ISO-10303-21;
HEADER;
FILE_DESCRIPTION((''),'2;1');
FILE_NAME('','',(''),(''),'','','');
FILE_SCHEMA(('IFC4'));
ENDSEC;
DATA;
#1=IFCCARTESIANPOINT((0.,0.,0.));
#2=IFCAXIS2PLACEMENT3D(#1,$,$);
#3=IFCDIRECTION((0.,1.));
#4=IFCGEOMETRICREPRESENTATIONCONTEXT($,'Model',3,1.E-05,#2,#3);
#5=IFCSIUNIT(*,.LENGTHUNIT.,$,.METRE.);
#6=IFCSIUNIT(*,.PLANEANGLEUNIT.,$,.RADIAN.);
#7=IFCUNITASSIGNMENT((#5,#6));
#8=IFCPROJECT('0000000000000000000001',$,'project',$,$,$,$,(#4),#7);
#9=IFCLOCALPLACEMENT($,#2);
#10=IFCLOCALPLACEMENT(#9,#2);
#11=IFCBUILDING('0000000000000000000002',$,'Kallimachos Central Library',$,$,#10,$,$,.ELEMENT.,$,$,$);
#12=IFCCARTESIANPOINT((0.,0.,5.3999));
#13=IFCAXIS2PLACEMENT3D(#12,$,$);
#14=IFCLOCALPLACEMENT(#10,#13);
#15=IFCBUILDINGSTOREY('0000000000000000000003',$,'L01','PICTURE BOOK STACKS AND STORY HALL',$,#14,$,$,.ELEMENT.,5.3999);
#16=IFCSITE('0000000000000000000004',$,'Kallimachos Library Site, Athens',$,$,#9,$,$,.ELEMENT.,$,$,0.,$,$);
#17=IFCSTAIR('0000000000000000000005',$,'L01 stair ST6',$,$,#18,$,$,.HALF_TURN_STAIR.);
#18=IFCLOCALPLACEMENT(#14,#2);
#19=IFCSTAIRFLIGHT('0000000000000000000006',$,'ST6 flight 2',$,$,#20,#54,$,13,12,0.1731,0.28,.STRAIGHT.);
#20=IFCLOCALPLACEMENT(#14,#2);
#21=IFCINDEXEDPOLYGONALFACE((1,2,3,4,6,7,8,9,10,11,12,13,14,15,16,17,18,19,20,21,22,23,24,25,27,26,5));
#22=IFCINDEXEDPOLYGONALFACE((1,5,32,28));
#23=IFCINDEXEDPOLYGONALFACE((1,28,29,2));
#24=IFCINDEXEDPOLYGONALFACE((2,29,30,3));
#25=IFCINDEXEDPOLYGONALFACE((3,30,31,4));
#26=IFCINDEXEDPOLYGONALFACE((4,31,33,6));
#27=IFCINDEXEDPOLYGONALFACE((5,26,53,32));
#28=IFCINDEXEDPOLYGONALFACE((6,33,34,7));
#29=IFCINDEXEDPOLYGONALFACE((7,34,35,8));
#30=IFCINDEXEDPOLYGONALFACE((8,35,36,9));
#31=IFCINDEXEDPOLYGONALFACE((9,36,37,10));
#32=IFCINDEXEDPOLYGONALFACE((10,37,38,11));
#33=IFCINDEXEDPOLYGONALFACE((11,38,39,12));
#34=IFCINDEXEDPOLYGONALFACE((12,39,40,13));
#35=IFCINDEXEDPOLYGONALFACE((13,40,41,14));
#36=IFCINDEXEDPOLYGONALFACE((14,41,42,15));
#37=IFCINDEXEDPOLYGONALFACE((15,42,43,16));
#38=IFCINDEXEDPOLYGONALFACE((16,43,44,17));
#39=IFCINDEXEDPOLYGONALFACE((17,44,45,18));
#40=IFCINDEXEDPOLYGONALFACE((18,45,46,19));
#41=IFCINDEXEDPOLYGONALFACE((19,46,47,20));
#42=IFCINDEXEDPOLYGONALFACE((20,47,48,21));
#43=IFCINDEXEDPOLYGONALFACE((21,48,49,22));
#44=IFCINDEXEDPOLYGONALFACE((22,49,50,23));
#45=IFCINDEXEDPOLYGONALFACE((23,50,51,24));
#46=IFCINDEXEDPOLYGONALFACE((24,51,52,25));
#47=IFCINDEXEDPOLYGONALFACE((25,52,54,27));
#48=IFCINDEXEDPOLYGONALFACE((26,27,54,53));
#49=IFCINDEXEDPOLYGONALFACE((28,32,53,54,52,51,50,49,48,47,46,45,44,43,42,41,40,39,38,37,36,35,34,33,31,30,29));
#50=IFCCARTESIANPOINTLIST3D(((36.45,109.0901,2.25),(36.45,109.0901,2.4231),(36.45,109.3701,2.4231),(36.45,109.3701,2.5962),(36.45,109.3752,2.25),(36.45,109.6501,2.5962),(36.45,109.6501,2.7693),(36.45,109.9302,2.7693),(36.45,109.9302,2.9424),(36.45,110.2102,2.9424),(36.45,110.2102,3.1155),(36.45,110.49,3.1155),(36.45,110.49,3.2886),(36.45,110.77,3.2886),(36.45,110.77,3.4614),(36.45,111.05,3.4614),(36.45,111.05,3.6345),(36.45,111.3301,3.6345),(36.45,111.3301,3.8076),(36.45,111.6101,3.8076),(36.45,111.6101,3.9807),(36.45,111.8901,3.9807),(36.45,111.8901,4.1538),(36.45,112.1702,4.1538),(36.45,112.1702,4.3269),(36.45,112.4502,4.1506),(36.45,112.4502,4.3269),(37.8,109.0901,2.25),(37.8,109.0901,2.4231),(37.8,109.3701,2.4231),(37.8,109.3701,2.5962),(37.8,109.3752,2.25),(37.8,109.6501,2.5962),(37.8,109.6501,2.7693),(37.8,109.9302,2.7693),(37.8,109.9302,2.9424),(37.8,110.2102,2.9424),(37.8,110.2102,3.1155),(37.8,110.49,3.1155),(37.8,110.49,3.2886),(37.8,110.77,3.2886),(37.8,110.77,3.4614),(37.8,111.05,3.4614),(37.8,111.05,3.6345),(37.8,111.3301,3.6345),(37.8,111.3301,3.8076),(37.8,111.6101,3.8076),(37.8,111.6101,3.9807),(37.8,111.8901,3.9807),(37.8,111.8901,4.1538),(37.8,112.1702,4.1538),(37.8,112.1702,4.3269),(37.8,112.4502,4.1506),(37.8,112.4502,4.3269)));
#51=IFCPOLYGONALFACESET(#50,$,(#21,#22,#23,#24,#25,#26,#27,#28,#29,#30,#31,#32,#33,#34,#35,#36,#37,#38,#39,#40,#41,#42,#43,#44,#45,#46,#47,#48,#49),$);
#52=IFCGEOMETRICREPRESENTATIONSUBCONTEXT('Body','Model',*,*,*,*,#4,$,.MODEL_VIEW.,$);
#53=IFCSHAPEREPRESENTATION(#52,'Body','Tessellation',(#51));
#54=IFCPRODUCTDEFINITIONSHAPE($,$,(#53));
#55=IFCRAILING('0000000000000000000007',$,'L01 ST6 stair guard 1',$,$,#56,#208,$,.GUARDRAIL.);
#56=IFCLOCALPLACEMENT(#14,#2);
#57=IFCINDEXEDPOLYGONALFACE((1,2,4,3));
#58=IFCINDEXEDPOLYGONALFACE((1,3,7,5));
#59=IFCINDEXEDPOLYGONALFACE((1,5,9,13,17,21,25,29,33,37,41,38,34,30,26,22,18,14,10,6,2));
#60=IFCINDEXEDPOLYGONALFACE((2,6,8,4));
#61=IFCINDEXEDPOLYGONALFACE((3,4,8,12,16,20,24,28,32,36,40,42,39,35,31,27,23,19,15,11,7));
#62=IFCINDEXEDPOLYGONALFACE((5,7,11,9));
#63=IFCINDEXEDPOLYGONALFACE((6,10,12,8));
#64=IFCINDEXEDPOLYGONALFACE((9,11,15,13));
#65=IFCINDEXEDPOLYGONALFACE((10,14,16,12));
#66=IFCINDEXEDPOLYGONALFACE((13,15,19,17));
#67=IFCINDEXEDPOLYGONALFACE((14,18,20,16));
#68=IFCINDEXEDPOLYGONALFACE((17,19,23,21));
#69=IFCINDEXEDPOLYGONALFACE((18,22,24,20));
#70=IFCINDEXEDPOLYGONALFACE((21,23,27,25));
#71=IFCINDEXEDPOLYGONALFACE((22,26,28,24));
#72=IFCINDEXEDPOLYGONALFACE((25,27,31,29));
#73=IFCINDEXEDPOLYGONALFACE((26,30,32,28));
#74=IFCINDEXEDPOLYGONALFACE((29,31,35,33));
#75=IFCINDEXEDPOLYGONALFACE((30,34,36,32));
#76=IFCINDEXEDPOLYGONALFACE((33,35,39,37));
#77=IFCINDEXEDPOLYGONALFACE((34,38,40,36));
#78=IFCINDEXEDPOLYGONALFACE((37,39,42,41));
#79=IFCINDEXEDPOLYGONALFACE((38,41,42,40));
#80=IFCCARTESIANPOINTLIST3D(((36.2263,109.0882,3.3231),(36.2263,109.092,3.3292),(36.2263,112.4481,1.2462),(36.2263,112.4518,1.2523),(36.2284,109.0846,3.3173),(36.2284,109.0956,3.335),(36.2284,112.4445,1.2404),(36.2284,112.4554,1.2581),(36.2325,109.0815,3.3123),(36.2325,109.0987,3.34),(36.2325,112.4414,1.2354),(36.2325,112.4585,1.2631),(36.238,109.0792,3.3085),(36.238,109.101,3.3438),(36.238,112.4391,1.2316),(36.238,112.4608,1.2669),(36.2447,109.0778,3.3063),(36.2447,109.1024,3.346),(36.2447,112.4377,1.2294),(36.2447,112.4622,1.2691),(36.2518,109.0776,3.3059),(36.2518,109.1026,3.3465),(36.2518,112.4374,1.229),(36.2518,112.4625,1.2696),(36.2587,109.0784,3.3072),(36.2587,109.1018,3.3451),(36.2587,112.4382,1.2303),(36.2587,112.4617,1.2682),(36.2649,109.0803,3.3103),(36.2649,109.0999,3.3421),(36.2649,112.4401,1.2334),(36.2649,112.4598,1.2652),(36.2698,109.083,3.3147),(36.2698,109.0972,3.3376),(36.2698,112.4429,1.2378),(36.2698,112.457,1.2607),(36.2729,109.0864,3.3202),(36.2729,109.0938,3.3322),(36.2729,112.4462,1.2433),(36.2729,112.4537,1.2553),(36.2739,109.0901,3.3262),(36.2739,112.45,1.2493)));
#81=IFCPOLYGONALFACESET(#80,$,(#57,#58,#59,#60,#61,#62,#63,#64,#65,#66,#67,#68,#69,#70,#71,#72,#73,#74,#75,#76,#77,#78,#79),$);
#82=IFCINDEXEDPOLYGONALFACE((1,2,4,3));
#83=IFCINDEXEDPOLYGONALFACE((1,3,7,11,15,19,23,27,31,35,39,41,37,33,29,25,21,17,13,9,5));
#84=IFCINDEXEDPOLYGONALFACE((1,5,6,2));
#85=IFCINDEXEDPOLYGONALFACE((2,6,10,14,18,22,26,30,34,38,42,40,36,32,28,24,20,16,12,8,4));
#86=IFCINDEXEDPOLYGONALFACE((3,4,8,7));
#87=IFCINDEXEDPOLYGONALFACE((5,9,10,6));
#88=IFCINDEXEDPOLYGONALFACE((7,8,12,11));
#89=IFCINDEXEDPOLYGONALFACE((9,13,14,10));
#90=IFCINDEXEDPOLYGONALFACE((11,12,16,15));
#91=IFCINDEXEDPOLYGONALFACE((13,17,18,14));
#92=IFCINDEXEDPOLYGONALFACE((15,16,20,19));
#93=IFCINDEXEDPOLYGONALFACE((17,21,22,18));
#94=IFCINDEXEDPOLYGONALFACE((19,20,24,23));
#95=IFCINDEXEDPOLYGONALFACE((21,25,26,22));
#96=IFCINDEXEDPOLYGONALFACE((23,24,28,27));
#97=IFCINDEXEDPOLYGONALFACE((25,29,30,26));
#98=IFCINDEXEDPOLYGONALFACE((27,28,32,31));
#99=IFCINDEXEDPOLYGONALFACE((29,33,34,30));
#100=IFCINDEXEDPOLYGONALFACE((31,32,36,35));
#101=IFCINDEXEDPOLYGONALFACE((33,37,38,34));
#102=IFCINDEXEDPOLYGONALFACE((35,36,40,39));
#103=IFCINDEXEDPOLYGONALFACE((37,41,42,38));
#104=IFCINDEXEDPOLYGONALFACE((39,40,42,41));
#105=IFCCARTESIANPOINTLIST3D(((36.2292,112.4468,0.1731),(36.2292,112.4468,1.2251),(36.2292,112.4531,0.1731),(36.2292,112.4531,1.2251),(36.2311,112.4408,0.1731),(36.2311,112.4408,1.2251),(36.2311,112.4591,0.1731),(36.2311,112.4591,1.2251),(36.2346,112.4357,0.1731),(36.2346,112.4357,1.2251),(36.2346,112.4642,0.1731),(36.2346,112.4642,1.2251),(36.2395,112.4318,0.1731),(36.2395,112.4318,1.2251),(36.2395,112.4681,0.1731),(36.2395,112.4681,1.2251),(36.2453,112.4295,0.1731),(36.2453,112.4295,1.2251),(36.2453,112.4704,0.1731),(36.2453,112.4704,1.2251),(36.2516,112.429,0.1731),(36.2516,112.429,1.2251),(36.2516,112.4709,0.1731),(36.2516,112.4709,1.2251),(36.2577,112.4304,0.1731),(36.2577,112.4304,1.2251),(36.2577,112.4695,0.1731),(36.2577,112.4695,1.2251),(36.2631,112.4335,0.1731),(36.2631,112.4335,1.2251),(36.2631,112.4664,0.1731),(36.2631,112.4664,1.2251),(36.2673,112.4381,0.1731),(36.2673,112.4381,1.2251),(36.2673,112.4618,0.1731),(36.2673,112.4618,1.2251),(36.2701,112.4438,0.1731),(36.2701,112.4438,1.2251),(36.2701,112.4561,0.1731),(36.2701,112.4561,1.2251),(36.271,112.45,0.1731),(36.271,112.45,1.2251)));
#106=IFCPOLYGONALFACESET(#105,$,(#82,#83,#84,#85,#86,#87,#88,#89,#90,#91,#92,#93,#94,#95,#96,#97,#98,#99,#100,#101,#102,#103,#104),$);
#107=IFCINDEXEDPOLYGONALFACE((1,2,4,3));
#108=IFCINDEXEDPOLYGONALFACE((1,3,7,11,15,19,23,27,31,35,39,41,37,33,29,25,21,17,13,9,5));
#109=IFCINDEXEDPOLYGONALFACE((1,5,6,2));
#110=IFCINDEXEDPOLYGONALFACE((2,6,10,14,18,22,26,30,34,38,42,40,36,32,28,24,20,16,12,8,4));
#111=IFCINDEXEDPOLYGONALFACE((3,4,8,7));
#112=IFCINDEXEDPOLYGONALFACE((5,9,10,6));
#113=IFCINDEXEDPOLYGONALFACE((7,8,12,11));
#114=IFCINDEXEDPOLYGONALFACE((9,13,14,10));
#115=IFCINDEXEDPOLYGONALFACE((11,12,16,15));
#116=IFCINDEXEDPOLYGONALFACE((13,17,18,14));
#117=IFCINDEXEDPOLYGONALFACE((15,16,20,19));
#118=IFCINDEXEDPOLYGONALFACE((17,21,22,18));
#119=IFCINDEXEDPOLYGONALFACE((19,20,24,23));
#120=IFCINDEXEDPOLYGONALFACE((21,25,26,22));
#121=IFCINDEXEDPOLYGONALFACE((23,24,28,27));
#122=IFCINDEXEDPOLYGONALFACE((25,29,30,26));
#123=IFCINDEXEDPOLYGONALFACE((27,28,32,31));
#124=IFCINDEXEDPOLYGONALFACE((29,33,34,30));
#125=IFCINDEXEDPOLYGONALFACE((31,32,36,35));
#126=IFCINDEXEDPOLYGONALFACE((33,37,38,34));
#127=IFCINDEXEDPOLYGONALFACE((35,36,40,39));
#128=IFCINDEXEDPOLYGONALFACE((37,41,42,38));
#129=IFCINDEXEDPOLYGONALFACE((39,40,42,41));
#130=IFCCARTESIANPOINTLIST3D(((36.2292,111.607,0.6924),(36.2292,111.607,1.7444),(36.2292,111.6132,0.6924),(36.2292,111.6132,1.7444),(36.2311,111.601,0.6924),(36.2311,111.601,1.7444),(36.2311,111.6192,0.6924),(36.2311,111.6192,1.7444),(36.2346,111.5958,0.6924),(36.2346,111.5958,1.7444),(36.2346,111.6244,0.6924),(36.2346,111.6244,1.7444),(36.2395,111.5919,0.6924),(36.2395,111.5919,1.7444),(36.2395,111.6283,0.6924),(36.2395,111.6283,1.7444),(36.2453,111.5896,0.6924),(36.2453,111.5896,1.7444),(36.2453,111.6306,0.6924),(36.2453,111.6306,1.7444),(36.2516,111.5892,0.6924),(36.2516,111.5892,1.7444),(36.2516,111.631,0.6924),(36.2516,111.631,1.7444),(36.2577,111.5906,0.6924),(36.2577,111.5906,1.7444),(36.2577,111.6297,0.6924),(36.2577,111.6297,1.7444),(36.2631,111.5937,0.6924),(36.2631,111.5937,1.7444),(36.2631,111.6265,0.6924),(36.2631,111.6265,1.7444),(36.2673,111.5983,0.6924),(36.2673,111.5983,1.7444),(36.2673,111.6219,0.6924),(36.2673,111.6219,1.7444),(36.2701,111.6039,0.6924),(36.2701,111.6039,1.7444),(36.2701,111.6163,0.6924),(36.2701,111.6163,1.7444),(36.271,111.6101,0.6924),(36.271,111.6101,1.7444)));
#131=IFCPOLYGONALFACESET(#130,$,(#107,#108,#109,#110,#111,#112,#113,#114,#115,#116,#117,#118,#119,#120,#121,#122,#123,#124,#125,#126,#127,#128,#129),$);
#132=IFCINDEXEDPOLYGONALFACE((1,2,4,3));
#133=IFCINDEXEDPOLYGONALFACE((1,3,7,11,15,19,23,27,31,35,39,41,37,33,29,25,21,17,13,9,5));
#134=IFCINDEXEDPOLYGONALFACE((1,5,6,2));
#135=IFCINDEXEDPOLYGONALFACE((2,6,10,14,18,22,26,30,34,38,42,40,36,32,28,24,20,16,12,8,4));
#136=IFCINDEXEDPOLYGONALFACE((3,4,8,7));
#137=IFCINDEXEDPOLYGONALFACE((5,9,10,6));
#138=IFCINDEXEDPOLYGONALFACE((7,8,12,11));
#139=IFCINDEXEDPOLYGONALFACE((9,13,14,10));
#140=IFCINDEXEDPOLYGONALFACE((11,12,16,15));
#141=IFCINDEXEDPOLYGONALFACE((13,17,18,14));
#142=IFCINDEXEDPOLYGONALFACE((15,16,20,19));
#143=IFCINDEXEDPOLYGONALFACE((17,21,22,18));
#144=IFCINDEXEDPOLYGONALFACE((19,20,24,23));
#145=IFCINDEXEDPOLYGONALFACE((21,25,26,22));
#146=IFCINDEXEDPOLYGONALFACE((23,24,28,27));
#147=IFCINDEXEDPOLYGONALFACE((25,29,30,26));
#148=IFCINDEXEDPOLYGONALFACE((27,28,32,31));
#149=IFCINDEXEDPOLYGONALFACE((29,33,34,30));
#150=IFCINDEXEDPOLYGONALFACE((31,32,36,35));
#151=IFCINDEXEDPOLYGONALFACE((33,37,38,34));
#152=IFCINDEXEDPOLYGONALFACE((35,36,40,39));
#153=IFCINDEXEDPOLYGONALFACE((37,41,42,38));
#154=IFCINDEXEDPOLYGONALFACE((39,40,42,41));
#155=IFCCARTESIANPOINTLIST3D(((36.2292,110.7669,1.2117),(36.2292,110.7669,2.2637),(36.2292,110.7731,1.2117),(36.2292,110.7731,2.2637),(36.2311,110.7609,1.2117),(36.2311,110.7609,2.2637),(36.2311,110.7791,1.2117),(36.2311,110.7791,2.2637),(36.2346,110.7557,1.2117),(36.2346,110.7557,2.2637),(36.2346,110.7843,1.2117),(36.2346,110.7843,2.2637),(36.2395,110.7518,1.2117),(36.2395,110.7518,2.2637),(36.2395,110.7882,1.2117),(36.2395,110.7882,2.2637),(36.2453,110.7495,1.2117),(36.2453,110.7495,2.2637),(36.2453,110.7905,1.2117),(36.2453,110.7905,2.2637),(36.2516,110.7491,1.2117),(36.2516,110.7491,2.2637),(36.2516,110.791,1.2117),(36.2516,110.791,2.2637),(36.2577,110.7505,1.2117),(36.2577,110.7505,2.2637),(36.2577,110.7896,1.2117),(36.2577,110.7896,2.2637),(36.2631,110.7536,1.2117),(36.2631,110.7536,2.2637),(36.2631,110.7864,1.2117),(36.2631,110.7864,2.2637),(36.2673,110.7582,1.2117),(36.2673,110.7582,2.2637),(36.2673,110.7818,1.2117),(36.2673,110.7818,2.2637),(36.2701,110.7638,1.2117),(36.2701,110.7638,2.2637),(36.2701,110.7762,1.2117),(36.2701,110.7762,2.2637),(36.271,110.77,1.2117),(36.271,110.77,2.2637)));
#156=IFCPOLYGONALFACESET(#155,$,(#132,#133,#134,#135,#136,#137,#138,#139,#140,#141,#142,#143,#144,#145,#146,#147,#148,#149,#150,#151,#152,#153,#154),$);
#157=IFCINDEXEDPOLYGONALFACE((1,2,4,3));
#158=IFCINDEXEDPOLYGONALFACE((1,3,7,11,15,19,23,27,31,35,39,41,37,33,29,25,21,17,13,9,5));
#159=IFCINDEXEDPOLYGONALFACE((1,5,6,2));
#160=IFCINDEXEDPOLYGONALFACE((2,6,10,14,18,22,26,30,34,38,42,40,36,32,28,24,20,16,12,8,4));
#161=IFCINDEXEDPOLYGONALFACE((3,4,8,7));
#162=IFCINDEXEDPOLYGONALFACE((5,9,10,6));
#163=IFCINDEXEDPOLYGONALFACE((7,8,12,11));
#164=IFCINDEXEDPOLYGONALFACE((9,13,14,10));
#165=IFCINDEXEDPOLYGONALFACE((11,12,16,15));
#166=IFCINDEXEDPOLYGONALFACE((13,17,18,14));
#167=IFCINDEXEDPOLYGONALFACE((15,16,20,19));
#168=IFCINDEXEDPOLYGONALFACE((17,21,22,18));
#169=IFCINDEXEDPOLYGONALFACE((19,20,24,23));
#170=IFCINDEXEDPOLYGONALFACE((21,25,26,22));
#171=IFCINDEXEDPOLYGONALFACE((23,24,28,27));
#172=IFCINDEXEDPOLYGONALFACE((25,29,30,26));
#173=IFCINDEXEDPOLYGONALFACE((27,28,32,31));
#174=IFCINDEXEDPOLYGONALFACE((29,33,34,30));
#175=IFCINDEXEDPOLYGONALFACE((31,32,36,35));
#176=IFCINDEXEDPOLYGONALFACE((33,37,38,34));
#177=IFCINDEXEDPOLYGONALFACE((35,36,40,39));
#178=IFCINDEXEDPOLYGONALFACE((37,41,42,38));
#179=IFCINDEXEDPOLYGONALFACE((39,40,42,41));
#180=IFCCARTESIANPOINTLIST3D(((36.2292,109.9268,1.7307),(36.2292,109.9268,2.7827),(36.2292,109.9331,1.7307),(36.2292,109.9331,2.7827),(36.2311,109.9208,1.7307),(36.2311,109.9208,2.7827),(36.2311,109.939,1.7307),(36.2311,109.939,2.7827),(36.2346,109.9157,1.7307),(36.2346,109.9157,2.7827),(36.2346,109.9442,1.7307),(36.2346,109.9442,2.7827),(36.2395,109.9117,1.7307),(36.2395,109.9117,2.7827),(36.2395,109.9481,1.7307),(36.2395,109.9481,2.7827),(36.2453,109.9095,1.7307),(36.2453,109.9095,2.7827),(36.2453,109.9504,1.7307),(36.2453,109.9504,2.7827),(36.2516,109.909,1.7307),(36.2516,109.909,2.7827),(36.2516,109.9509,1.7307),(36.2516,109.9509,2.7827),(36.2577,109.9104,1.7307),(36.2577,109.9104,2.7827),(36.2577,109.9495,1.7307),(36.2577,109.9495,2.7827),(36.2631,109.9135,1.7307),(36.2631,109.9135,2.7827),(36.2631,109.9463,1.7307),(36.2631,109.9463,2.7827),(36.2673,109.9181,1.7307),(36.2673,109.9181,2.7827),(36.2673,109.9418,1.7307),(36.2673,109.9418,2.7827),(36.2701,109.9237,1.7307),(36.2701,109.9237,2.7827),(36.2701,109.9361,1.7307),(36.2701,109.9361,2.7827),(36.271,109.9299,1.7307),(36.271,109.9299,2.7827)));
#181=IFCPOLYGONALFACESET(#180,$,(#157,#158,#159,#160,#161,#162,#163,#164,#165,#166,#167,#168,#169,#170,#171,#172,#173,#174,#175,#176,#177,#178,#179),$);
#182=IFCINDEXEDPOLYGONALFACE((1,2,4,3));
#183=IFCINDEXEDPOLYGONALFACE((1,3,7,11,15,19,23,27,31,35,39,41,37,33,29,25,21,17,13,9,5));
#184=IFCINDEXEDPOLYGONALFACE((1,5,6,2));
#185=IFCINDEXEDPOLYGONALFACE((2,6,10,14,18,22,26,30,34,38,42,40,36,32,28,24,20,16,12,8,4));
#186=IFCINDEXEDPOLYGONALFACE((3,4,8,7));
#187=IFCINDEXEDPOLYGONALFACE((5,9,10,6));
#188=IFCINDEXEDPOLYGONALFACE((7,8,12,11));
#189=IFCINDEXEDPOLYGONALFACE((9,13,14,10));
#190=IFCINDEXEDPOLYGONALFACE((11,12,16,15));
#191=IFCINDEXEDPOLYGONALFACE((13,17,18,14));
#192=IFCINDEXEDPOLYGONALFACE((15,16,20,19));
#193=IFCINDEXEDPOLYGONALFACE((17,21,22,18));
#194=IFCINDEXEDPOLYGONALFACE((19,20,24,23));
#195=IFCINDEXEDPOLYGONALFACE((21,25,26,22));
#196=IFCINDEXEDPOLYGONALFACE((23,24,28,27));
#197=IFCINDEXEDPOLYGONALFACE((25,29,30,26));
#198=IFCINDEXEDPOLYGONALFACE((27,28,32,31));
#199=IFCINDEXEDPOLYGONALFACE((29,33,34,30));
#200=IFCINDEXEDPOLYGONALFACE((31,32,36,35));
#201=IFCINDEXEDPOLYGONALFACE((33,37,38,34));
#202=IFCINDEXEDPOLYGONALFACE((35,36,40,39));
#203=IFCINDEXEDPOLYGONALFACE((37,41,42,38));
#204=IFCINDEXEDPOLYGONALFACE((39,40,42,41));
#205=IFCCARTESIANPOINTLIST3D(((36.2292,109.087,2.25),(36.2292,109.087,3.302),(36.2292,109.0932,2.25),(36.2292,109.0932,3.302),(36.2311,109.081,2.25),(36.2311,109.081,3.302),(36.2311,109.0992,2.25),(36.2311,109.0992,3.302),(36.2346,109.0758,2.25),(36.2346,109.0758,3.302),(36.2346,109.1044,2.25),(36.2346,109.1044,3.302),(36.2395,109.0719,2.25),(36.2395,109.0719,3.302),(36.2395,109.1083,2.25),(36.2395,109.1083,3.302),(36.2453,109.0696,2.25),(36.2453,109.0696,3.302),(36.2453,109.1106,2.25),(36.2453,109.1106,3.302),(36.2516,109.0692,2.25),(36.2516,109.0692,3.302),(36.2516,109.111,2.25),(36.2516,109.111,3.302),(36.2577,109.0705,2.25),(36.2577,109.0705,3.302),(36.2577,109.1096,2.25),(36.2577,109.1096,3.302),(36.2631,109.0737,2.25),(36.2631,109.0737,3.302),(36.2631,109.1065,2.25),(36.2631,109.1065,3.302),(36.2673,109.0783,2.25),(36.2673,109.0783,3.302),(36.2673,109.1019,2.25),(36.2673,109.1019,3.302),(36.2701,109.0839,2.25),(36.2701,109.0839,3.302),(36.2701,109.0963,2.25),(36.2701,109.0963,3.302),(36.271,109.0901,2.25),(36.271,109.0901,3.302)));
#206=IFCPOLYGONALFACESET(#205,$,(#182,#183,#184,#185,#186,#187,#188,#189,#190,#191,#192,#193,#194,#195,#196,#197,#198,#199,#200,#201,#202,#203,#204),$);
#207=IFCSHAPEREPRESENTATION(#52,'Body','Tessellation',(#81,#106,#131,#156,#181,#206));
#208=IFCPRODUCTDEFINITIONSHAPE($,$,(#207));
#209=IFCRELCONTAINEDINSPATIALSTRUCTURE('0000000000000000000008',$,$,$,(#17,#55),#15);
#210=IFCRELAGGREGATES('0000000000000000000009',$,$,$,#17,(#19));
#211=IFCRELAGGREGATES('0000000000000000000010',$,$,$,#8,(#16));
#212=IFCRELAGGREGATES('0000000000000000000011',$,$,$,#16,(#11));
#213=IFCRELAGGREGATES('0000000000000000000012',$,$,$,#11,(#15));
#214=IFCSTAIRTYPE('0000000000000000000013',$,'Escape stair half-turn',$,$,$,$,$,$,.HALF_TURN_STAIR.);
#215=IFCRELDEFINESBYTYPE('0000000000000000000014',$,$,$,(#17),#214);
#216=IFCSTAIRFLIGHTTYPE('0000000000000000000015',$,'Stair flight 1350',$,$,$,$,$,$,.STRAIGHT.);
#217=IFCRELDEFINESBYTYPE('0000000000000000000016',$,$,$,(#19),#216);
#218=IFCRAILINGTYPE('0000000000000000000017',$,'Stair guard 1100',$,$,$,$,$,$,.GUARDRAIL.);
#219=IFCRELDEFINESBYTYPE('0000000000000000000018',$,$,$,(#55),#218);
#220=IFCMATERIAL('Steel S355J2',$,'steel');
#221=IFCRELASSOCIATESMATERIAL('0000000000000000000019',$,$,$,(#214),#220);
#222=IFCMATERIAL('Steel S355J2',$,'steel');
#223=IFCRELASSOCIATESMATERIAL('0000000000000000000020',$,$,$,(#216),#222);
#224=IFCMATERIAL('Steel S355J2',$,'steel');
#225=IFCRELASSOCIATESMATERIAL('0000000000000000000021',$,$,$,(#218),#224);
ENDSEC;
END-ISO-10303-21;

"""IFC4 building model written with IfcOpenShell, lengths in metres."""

from ifc_helpers import new_model, si_unit, direction, frame, origin, origin_2d, place, context, subcontext, project, spatial, polyline, circle, outline, extrude, material, type_object, element, aggregate, save


model = new_model("IFC4")

# Units and contexts
model_context = context("Model", 3, precision=1e-05, world=origin(), true_north=direction((0.0, 1.0)))
body_context = subcontext(model_context, "Body", "Model", "MODEL_VIEW")
ifc_project = project(units=[si_unit("LENGTHUNIT", "METRE"), si_unit("PLANEANGLEUNIT", "RADIAN")], contexts=[model_context])

# Site, building, storey
site_placement = place(None, origin())
site = spatial("IfcSite", under=ifc_project, at=site_placement, Name="Kallimachos Library Site, Athens", CompositionType="ELEMENT", RefElevation=0.0)
building_placement = place(site_placement, origin())
building = spatial("IfcBuilding", under=site, at=building_placement, Name="Kallimachos Central Library", CompositionType="ELEMENT")
storey_placement = place(building_placement, frame((0.0, 0.0, 5.3999)))
storey = spatial("IfcBuildingStorey", under=building, at=storey_placement, Name="L01", Description="PICTURE BOOK STACKS AND STORY HALL", CompositionType="ELEMENT", Elevation=5.3999)

# Stair, stair flight
ifc_material_1 = material(Name="Steel S355J2", Category="steel")
stair_type = type_object("IfcStairType", Name="Escape stair half-turn", PredefinedType="HALF_TURN_STAIR", material=ifc_material_1)
stair_placement = place(storey_placement, origin())
stair = element("IfcStair", 1, at=stair_placement, inside=storey, type_object=stair_type, Name="L01 stair ST6", PredefinedType="HALF_TURN_STAIR")
ifc_material_2 = material(Name="Steel S355J2", Category="steel")
stair_flight_type = type_object("IfcStairFlightType", Name="Stair flight 1350", PredefinedType="STRAIGHT", material=ifc_material_2)
stair_flight_1_placement = place(storey_placement, frame((37.125, 109.0901, 2.25), z_axis=(0.0, 0.0, 1.0), x_axis=(0.0, 1.0, 0.0)))
stair_flight_1 = element("IfcStairFlight", 2, at=stair_flight_1_placement, type_object=stair_flight_type, Name="ST6 flight 2", NumberOfRisers=13, NumberOfTreads=12, PredefinedType="STRAIGHT", RiserHeight=0.1731, TreadLength=0.28, context=body_context, shape_type="SweptSolid", body=[
    extrude(outline(polyline([(0.0, 0.0), (0.0, 0.1731), (0.28, 0.1731), (0.28, 0.3462), (0.5601, 0.3462), (0.5601, 0.5193), (0.8401, 0.5193), (0.8401, 0.6924), (1.1201, 0.6924), (1.1201, 0.8655), (1.3999, 0.8655), (1.3999, 1.0386), (1.6799, 1.0386), (1.6799, 1.2114), (1.96, 1.2114), (1.96, 1.3845), (2.24, 1.3845), (2.24, 1.5576), (2.52, 1.5576), (2.52, 1.7307), (2.8, 1.7307), (2.8, 1.9038), (3.0801, 1.9038), (3.0801, 2.0769), (3.3601, 2.0769), (3.3601, 2.25), (3.3601, 1.9006), (0.2852, 0.0), (0.0, 0.0)])), frame((0.0, 0.675, 0.0), z_axis=(0.0, -1.0, 0.0), x_axis=(1.0, 0.0, 0.0)), (0.0, 0.0, 1.0), 1.3501),
])
aggregate(stair, [stair_flight_1])

# Railing
ifc_material_3 = material(Name="Steel S355J2", Category="steel")
railing_type_1 = type_object("IfcRailingType", Name="Stair guard 1100", PredefinedType="GUARDRAIL", material=ifc_material_3)
railing_1_placement = place(storey_placement, frame((36.25, 112.45, 0.1731)))
element("IfcRailing", 3, at=railing_1_placement, inside=storey, type_object=railing_type_1, Name="L01 ST6 stair guard 1", PredefinedType="GUARDRAIL", context=body_context, shape_type="SweptSolid", body=[
    extrude(circle(Radius=0.0239, at=origin_2d()), frame((0.0, 0.0, 1.0762), z_axis=(0.0, -0.850606, 0.525803), x_axis=(1.0, 0.0, 0.0)), (0.0, 0.0, 1.0), 3.95),
    extrude(circle(Radius=0.021, at=origin_2d()), origin(), (0.0, 0.0, 1.0), 1.052),
    extrude(circle(Radius=0.021, at=origin_2d()), frame((0.0, -0.8398, 0.5193)), (0.0, 0.0, 1.0), 1.052),
    extrude(circle(Radius=0.021, at=origin_2d()), frame((0.0, -1.6799, 1.0386)), (0.0, 0.0, 1.0), 1.052),
    extrude(circle(Radius=0.021, at=origin_2d()), frame((0.0, -2.52, 1.5576)), (0.0, 0.0, 1.0), 1.052),
    extrude(circle(Radius=0.021, at=origin_2d()), frame((0.0, -3.3599, 2.0769)), (0.0, 0.0, 1.0), 1.052),
])

save(model, "model.ifc")
